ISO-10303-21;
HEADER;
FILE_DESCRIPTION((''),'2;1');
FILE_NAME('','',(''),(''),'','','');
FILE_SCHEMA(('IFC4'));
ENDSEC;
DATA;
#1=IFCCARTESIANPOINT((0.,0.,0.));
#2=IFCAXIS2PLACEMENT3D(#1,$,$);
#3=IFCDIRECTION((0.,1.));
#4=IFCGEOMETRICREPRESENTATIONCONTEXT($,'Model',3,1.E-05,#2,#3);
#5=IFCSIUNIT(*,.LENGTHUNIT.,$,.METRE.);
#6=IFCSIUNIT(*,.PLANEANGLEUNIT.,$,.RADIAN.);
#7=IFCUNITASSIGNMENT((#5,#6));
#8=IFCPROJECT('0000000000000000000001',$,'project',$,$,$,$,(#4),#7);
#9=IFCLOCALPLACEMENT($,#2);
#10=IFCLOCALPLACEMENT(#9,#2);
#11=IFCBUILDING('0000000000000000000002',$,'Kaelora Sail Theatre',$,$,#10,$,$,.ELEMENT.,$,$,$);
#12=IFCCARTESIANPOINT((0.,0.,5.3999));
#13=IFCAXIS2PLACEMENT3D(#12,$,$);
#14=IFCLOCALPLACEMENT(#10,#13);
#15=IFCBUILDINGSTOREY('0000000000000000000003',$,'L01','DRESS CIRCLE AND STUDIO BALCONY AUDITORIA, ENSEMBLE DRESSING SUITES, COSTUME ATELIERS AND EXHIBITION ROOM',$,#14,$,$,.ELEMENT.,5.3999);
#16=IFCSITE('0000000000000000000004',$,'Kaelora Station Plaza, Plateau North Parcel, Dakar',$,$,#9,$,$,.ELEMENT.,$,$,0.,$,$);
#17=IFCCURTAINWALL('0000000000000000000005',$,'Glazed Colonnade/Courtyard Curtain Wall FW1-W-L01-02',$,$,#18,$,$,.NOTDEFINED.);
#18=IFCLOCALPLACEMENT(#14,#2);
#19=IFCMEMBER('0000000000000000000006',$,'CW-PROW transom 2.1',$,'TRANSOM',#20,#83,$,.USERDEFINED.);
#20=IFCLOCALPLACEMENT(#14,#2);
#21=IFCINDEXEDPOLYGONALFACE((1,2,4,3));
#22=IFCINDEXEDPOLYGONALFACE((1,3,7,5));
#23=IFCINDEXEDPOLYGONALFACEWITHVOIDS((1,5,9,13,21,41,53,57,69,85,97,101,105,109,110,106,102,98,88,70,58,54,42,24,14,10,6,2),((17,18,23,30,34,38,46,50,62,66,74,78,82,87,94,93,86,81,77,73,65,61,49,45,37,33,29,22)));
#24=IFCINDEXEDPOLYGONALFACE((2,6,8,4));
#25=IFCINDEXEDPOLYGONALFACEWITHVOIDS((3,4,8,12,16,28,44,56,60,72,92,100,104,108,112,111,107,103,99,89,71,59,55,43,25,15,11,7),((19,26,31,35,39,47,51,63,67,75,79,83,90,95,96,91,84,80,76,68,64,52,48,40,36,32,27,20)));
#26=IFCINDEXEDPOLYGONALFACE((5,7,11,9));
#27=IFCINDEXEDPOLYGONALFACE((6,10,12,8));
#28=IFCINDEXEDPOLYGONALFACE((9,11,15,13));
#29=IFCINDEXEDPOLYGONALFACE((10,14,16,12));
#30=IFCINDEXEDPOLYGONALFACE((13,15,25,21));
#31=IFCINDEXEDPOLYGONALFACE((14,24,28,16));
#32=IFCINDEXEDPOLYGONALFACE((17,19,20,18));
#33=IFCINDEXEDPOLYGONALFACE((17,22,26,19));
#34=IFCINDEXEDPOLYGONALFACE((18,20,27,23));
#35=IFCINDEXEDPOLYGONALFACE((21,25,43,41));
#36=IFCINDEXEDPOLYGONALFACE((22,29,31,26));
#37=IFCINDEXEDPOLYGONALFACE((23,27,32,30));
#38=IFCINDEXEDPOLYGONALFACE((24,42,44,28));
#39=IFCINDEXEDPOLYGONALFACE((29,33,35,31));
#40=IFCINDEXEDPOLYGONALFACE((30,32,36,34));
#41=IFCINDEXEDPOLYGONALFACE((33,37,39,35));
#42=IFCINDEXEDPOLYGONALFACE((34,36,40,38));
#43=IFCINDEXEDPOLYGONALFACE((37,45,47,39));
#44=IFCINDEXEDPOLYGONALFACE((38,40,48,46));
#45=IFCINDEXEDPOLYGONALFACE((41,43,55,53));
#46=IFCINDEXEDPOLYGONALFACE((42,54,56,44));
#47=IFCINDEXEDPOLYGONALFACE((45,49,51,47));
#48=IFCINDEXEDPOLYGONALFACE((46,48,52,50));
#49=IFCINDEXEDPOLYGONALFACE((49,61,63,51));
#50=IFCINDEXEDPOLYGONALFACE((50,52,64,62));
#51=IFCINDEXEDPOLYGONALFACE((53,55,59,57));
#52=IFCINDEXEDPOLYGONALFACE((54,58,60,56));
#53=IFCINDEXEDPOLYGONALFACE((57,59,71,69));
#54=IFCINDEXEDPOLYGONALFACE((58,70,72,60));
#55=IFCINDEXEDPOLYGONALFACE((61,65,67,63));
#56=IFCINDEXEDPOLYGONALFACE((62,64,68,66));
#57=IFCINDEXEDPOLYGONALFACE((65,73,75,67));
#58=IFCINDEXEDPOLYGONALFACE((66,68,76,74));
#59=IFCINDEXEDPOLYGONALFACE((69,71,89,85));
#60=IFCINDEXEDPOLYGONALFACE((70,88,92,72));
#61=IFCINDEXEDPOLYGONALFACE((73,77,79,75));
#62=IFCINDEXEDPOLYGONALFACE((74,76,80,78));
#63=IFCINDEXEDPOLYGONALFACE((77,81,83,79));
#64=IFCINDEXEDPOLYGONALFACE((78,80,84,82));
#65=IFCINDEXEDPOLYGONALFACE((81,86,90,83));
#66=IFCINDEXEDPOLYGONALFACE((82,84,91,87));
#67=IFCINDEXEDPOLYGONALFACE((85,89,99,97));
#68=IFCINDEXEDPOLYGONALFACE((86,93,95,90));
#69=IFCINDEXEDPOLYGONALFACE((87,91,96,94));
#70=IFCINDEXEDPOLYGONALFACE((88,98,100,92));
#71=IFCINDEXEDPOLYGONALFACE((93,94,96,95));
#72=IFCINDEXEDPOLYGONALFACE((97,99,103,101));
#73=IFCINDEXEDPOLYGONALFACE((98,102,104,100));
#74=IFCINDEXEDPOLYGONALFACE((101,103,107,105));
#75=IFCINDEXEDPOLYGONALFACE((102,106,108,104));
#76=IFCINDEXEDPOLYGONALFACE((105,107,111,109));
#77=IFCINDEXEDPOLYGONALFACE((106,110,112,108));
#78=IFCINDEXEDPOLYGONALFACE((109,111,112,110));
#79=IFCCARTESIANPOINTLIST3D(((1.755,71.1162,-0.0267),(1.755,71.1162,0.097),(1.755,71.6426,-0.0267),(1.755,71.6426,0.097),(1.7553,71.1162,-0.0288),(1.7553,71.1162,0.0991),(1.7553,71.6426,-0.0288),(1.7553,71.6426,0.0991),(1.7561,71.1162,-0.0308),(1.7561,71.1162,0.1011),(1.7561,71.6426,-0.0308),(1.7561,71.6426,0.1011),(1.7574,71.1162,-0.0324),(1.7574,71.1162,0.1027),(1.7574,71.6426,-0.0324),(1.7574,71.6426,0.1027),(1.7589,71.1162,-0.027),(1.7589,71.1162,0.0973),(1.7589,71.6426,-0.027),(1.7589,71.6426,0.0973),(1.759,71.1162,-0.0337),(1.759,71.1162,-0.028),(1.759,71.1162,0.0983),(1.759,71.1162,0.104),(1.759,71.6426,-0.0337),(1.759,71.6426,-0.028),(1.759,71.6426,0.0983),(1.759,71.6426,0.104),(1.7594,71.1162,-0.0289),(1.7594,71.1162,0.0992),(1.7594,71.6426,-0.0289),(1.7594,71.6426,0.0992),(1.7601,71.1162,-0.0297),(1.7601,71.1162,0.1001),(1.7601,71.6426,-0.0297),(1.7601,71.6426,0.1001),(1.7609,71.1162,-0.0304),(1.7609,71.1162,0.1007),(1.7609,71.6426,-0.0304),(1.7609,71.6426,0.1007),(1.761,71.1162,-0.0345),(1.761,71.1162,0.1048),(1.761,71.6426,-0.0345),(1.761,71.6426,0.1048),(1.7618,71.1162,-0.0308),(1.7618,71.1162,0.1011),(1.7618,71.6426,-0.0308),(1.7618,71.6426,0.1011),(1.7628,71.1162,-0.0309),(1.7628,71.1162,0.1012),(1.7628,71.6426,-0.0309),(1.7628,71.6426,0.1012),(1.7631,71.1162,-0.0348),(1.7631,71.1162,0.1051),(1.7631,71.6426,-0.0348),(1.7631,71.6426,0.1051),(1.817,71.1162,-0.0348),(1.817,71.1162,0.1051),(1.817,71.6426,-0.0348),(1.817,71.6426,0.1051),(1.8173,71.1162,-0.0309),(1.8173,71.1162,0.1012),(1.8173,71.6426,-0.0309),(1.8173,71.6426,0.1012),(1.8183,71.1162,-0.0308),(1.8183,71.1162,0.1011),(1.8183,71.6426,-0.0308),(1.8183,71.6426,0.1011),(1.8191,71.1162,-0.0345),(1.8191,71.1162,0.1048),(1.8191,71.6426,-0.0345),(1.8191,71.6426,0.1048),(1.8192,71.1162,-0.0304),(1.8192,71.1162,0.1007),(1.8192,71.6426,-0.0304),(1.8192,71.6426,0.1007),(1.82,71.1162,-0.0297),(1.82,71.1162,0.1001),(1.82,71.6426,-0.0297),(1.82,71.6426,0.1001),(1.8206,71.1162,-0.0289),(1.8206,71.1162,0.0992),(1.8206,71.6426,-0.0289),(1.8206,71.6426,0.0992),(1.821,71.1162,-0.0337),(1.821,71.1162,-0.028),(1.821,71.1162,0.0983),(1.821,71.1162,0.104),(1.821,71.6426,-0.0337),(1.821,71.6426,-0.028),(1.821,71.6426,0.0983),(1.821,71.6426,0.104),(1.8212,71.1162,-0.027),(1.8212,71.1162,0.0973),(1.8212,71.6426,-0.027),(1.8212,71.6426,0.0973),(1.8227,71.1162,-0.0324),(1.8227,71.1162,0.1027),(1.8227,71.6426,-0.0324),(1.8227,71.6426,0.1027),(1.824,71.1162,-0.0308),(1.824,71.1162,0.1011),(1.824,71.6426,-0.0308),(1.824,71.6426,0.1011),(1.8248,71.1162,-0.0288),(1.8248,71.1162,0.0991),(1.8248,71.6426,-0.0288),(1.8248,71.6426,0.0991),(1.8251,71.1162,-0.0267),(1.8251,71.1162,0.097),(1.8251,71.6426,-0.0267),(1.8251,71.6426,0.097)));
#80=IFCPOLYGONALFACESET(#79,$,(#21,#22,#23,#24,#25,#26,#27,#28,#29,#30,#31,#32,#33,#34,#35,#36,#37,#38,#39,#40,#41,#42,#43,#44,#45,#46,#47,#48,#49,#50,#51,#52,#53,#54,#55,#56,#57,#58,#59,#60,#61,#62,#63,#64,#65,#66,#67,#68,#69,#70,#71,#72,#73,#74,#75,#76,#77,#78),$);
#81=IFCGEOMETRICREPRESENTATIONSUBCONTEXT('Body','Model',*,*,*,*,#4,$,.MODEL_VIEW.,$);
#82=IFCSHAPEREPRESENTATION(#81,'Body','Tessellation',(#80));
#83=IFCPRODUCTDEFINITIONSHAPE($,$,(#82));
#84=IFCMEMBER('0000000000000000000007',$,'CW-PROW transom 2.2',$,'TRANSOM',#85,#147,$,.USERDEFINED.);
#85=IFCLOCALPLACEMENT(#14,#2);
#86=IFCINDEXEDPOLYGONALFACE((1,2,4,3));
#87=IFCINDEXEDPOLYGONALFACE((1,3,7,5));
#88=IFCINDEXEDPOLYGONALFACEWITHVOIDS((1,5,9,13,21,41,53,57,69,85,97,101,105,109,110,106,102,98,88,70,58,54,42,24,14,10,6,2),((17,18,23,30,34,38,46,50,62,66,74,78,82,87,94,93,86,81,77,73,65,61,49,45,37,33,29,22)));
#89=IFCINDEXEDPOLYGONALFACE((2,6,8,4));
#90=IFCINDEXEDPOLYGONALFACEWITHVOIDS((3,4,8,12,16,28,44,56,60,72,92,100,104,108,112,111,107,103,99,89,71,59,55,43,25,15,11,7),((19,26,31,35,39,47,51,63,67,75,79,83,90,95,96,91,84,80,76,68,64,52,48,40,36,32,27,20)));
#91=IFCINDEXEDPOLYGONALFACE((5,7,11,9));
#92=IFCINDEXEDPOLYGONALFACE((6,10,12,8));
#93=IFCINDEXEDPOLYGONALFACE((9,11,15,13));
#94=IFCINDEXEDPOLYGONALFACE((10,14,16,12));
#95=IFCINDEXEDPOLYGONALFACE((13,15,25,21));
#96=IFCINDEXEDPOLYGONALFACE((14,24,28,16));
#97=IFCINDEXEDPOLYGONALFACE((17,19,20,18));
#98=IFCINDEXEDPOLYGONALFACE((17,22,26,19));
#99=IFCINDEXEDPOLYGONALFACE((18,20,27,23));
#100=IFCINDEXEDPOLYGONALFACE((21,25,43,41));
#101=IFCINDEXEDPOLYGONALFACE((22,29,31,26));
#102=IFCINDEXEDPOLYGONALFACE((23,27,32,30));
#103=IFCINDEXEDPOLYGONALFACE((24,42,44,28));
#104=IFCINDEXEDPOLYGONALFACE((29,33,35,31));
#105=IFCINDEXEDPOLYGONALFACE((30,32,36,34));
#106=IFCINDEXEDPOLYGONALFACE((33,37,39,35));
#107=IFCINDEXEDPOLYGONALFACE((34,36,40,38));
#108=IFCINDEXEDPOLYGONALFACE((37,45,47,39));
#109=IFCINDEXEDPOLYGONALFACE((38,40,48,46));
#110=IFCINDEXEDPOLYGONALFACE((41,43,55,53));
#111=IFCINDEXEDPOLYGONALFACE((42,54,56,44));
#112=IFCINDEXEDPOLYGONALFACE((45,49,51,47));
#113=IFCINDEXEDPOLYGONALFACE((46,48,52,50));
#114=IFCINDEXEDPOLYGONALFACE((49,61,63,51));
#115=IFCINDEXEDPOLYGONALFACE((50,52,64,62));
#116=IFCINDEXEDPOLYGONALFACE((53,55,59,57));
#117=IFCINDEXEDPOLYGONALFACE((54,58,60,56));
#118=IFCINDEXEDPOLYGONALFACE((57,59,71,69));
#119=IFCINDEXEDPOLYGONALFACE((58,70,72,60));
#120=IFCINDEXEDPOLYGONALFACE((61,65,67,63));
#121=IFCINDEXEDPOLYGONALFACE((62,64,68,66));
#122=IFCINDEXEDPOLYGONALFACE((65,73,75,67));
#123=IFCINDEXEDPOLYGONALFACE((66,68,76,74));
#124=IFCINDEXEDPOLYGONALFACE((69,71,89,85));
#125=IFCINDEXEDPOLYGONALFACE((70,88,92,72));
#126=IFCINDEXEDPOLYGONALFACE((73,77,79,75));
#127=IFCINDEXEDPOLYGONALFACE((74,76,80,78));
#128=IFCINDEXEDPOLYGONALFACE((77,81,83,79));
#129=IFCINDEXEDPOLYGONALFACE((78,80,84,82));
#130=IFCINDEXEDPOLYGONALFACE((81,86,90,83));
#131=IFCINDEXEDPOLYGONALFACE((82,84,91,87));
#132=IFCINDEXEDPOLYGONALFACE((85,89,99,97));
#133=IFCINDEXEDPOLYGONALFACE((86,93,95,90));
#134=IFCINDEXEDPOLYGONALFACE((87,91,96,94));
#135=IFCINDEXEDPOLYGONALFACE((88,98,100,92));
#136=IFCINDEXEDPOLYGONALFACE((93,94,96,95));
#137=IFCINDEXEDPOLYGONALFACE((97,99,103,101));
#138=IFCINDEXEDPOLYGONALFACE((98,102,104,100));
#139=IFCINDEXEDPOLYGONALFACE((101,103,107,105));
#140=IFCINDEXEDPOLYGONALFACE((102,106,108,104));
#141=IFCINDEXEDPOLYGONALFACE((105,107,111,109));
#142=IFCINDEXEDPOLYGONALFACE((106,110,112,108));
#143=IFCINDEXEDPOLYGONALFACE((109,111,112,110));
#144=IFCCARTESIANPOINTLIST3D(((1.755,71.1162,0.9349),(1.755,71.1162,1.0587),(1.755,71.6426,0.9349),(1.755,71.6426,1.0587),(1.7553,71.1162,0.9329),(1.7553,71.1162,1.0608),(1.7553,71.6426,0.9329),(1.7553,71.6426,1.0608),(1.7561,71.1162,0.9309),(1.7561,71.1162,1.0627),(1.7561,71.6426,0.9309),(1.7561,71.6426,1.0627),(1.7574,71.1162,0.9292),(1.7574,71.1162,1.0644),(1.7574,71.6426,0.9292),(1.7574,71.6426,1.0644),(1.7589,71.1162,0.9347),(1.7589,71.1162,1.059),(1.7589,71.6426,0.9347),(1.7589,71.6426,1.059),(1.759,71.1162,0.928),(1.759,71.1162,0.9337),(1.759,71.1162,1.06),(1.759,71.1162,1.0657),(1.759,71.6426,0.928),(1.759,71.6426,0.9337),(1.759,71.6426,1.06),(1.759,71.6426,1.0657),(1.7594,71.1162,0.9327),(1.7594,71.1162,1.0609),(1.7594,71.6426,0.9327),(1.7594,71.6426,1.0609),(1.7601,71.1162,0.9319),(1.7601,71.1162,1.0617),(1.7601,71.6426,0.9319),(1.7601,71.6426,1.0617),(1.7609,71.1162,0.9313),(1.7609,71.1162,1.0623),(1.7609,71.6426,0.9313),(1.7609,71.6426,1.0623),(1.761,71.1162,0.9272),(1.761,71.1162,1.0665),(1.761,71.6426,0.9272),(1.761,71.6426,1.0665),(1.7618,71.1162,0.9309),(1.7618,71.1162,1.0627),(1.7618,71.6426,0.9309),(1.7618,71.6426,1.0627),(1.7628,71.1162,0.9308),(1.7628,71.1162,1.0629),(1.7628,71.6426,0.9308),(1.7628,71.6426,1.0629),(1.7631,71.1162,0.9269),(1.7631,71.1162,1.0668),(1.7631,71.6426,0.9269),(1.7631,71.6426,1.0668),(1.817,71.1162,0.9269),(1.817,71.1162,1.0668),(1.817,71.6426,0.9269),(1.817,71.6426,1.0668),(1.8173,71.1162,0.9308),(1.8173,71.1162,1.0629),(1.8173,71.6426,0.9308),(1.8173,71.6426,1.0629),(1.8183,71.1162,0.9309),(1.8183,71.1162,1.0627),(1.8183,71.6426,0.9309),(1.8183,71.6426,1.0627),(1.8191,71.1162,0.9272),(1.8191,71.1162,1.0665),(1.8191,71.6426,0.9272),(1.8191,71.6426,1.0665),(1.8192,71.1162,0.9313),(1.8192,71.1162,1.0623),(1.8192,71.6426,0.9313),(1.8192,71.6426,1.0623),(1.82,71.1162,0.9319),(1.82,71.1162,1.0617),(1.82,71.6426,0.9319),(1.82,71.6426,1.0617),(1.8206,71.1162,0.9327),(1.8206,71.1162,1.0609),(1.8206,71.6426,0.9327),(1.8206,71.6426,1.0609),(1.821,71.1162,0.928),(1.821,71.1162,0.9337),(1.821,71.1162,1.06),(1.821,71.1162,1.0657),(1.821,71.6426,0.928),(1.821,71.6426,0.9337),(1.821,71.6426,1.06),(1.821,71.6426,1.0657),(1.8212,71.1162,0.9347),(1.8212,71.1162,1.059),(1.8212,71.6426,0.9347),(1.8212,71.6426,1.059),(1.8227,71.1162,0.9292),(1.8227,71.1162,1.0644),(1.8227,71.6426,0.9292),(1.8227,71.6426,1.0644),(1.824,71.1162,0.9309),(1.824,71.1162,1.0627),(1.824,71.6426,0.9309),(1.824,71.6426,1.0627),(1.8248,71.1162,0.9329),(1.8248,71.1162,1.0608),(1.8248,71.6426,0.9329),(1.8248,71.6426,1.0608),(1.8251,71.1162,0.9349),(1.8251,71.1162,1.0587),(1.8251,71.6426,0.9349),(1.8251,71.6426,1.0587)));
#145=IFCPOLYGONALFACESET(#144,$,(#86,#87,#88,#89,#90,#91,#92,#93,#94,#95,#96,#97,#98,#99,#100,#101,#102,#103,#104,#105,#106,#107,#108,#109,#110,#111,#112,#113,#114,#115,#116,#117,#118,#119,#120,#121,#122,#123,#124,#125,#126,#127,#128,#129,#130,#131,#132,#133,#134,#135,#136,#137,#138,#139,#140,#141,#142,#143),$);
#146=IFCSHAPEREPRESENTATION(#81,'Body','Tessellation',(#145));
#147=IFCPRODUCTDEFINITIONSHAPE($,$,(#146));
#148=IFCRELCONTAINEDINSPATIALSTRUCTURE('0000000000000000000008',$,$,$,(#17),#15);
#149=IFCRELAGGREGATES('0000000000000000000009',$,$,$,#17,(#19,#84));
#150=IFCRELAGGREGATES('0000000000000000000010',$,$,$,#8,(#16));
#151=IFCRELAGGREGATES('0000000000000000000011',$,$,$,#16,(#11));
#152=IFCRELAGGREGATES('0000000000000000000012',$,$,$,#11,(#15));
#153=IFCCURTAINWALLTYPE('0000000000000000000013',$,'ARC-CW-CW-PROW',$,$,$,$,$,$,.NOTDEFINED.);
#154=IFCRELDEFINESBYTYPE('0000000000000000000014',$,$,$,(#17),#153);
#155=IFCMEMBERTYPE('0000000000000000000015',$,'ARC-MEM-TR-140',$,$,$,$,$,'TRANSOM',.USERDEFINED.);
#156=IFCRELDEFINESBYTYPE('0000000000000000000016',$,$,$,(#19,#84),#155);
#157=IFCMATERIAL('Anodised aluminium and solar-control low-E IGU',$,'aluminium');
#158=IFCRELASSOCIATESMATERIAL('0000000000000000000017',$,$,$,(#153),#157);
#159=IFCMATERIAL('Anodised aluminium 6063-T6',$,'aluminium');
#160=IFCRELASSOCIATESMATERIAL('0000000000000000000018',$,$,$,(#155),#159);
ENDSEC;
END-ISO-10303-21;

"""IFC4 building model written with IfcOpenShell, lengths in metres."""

from ifc_helpers import new_model, si_unit, direction, frame, origin, origin_2d, place, context, subcontext, project, spatial, hollow_rectangle, extrude, material, material_profile, profile_set, type_object, element, aggregate, save


model = new_model("IFC4")

# Units and contexts
model_context = context("Model", 3, precision=1e-05, world=origin(), true_north=direction((0.0, 1.0)))
body_context = subcontext(model_context, "Body", "Model", "MODEL_VIEW")
ifc_project = project(units=[si_unit("LENGTHUNIT", "METRE"), si_unit("PLANEANGLEUNIT", "RADIAN")], contexts=[model_context])

# Site, building, storey
site_placement = place(None, origin())
site = spatial("IfcSite", under=ifc_project, at=site_placement, Name="Kaelora Station Plaza, Plateau North Parcel, Dakar", CompositionType="ELEMENT", RefElevation=0.0)
building_placement = place(site_placement, origin())
building = spatial("IfcBuilding", under=site, at=building_placement, Name="Kaelora Sail Theatre", CompositionType="ELEMENT")
storey_placement = place(building_placement, frame((0.0, 0.0, 5.3999)))
storey = spatial("IfcBuildingStorey", under=building, at=storey_placement, Name="L01", Description="DRESS CIRCLE AND STUDIO BALCONY AUDITORIA, ENSEMBLE DRESSING SUITES, COSTUME ATELIERS AND EXHIBITION ROOM", CompositionType="ELEMENT", Elevation=5.3999)

# Curtain wall
ifc_material_1 = material(Name="Anodised aluminium and solar-control low-E IGU", Category="aluminium")
curtain_wall_type = type_object("IfcCurtainWallType", Name="ARC-CW-CW-PROW", PredefinedType="NOTDEFINED", material=ifc_material_1)
curtain_wall_1_placement = place(storey_placement, origin())
curtain_wall_1 = element("IfcCurtainWall", 1, at=curtain_wall_1_placement, inside=storey, type_object=curtain_wall_type, Name="Glazed Colonnade/Courtyard Curtain Wall FW1-W-L01-02", PredefinedType="NOTDEFINED")

# Members
ifc_material_2 = material(Name="Anodised aluminium 6063-T6", Category="aluminium")
ifc_material_profile_1 = material_profile(ifc_material_2, hollow_rectangle(XDim=0.0701, YDim=0.1399, WallThickness=0.0039, InnerFilletRadius=0.0039, OuterFilletRadius=0.0081, at=origin_2d()), Name="ALU-TRAN 70x140x4")
ifc_profile_set_1 = profile_set([ifc_material_profile_1], Name="Anodised aluminium 6063-T6")
member_type_1 = type_object("IfcMemberType", Name="ARC-MEM-TR-140", ElementType="TRANSOM", PredefinedType="USERDEFINED", material=ifc_profile_set_1)
member_1_placement = place(storey_placement, frame((1.79, 71.1162, 0.0352), z_axis=(0.0, 1.0, 0.0), x_axis=(-1.0, 0.0, 0.0)))
member_1 = element("IfcMember", 2, at=member_1_placement, type_object=member_type_1, Name="CW-PROW transom 2.1", ObjectType="TRANSOM", PredefinedType="USERDEFINED", context=body_context, shape_type="SweptSolid", body=[
    extrude(hollow_rectangle(XDim=0.0701, YDim=0.1399, WallThickness=0.0039, InnerFilletRadius=0.0039, OuterFilletRadius=0.0081, at=origin_2d()), origin(), (0.0, 0.0, 1.0), 0.5264),
])
member_2_placement = place(storey_placement, frame((1.79, 71.1162, 0.9968), z_axis=(0.0, 1.0, 0.0), x_axis=(-1.0, 0.0, 0.0)))
member_2 = element("IfcMember", 3, at=member_2_placement, type_object=member_type_1, Name="CW-PROW transom 2.2", ObjectType="TRANSOM", PredefinedType="USERDEFINED", context=body_context, shape_type="SweptSolid", body=[
    extrude(hollow_rectangle(XDim=0.0701, YDim=0.1399, WallThickness=0.0039, InnerFilletRadius=0.0039, OuterFilletRadius=0.0081, at=origin_2d()), origin(), (0.0, 0.0, 1.0), 0.5264),
])

aggregate(curtain_wall_1, [member_1, member_2])

save(model, "model.ifc")
